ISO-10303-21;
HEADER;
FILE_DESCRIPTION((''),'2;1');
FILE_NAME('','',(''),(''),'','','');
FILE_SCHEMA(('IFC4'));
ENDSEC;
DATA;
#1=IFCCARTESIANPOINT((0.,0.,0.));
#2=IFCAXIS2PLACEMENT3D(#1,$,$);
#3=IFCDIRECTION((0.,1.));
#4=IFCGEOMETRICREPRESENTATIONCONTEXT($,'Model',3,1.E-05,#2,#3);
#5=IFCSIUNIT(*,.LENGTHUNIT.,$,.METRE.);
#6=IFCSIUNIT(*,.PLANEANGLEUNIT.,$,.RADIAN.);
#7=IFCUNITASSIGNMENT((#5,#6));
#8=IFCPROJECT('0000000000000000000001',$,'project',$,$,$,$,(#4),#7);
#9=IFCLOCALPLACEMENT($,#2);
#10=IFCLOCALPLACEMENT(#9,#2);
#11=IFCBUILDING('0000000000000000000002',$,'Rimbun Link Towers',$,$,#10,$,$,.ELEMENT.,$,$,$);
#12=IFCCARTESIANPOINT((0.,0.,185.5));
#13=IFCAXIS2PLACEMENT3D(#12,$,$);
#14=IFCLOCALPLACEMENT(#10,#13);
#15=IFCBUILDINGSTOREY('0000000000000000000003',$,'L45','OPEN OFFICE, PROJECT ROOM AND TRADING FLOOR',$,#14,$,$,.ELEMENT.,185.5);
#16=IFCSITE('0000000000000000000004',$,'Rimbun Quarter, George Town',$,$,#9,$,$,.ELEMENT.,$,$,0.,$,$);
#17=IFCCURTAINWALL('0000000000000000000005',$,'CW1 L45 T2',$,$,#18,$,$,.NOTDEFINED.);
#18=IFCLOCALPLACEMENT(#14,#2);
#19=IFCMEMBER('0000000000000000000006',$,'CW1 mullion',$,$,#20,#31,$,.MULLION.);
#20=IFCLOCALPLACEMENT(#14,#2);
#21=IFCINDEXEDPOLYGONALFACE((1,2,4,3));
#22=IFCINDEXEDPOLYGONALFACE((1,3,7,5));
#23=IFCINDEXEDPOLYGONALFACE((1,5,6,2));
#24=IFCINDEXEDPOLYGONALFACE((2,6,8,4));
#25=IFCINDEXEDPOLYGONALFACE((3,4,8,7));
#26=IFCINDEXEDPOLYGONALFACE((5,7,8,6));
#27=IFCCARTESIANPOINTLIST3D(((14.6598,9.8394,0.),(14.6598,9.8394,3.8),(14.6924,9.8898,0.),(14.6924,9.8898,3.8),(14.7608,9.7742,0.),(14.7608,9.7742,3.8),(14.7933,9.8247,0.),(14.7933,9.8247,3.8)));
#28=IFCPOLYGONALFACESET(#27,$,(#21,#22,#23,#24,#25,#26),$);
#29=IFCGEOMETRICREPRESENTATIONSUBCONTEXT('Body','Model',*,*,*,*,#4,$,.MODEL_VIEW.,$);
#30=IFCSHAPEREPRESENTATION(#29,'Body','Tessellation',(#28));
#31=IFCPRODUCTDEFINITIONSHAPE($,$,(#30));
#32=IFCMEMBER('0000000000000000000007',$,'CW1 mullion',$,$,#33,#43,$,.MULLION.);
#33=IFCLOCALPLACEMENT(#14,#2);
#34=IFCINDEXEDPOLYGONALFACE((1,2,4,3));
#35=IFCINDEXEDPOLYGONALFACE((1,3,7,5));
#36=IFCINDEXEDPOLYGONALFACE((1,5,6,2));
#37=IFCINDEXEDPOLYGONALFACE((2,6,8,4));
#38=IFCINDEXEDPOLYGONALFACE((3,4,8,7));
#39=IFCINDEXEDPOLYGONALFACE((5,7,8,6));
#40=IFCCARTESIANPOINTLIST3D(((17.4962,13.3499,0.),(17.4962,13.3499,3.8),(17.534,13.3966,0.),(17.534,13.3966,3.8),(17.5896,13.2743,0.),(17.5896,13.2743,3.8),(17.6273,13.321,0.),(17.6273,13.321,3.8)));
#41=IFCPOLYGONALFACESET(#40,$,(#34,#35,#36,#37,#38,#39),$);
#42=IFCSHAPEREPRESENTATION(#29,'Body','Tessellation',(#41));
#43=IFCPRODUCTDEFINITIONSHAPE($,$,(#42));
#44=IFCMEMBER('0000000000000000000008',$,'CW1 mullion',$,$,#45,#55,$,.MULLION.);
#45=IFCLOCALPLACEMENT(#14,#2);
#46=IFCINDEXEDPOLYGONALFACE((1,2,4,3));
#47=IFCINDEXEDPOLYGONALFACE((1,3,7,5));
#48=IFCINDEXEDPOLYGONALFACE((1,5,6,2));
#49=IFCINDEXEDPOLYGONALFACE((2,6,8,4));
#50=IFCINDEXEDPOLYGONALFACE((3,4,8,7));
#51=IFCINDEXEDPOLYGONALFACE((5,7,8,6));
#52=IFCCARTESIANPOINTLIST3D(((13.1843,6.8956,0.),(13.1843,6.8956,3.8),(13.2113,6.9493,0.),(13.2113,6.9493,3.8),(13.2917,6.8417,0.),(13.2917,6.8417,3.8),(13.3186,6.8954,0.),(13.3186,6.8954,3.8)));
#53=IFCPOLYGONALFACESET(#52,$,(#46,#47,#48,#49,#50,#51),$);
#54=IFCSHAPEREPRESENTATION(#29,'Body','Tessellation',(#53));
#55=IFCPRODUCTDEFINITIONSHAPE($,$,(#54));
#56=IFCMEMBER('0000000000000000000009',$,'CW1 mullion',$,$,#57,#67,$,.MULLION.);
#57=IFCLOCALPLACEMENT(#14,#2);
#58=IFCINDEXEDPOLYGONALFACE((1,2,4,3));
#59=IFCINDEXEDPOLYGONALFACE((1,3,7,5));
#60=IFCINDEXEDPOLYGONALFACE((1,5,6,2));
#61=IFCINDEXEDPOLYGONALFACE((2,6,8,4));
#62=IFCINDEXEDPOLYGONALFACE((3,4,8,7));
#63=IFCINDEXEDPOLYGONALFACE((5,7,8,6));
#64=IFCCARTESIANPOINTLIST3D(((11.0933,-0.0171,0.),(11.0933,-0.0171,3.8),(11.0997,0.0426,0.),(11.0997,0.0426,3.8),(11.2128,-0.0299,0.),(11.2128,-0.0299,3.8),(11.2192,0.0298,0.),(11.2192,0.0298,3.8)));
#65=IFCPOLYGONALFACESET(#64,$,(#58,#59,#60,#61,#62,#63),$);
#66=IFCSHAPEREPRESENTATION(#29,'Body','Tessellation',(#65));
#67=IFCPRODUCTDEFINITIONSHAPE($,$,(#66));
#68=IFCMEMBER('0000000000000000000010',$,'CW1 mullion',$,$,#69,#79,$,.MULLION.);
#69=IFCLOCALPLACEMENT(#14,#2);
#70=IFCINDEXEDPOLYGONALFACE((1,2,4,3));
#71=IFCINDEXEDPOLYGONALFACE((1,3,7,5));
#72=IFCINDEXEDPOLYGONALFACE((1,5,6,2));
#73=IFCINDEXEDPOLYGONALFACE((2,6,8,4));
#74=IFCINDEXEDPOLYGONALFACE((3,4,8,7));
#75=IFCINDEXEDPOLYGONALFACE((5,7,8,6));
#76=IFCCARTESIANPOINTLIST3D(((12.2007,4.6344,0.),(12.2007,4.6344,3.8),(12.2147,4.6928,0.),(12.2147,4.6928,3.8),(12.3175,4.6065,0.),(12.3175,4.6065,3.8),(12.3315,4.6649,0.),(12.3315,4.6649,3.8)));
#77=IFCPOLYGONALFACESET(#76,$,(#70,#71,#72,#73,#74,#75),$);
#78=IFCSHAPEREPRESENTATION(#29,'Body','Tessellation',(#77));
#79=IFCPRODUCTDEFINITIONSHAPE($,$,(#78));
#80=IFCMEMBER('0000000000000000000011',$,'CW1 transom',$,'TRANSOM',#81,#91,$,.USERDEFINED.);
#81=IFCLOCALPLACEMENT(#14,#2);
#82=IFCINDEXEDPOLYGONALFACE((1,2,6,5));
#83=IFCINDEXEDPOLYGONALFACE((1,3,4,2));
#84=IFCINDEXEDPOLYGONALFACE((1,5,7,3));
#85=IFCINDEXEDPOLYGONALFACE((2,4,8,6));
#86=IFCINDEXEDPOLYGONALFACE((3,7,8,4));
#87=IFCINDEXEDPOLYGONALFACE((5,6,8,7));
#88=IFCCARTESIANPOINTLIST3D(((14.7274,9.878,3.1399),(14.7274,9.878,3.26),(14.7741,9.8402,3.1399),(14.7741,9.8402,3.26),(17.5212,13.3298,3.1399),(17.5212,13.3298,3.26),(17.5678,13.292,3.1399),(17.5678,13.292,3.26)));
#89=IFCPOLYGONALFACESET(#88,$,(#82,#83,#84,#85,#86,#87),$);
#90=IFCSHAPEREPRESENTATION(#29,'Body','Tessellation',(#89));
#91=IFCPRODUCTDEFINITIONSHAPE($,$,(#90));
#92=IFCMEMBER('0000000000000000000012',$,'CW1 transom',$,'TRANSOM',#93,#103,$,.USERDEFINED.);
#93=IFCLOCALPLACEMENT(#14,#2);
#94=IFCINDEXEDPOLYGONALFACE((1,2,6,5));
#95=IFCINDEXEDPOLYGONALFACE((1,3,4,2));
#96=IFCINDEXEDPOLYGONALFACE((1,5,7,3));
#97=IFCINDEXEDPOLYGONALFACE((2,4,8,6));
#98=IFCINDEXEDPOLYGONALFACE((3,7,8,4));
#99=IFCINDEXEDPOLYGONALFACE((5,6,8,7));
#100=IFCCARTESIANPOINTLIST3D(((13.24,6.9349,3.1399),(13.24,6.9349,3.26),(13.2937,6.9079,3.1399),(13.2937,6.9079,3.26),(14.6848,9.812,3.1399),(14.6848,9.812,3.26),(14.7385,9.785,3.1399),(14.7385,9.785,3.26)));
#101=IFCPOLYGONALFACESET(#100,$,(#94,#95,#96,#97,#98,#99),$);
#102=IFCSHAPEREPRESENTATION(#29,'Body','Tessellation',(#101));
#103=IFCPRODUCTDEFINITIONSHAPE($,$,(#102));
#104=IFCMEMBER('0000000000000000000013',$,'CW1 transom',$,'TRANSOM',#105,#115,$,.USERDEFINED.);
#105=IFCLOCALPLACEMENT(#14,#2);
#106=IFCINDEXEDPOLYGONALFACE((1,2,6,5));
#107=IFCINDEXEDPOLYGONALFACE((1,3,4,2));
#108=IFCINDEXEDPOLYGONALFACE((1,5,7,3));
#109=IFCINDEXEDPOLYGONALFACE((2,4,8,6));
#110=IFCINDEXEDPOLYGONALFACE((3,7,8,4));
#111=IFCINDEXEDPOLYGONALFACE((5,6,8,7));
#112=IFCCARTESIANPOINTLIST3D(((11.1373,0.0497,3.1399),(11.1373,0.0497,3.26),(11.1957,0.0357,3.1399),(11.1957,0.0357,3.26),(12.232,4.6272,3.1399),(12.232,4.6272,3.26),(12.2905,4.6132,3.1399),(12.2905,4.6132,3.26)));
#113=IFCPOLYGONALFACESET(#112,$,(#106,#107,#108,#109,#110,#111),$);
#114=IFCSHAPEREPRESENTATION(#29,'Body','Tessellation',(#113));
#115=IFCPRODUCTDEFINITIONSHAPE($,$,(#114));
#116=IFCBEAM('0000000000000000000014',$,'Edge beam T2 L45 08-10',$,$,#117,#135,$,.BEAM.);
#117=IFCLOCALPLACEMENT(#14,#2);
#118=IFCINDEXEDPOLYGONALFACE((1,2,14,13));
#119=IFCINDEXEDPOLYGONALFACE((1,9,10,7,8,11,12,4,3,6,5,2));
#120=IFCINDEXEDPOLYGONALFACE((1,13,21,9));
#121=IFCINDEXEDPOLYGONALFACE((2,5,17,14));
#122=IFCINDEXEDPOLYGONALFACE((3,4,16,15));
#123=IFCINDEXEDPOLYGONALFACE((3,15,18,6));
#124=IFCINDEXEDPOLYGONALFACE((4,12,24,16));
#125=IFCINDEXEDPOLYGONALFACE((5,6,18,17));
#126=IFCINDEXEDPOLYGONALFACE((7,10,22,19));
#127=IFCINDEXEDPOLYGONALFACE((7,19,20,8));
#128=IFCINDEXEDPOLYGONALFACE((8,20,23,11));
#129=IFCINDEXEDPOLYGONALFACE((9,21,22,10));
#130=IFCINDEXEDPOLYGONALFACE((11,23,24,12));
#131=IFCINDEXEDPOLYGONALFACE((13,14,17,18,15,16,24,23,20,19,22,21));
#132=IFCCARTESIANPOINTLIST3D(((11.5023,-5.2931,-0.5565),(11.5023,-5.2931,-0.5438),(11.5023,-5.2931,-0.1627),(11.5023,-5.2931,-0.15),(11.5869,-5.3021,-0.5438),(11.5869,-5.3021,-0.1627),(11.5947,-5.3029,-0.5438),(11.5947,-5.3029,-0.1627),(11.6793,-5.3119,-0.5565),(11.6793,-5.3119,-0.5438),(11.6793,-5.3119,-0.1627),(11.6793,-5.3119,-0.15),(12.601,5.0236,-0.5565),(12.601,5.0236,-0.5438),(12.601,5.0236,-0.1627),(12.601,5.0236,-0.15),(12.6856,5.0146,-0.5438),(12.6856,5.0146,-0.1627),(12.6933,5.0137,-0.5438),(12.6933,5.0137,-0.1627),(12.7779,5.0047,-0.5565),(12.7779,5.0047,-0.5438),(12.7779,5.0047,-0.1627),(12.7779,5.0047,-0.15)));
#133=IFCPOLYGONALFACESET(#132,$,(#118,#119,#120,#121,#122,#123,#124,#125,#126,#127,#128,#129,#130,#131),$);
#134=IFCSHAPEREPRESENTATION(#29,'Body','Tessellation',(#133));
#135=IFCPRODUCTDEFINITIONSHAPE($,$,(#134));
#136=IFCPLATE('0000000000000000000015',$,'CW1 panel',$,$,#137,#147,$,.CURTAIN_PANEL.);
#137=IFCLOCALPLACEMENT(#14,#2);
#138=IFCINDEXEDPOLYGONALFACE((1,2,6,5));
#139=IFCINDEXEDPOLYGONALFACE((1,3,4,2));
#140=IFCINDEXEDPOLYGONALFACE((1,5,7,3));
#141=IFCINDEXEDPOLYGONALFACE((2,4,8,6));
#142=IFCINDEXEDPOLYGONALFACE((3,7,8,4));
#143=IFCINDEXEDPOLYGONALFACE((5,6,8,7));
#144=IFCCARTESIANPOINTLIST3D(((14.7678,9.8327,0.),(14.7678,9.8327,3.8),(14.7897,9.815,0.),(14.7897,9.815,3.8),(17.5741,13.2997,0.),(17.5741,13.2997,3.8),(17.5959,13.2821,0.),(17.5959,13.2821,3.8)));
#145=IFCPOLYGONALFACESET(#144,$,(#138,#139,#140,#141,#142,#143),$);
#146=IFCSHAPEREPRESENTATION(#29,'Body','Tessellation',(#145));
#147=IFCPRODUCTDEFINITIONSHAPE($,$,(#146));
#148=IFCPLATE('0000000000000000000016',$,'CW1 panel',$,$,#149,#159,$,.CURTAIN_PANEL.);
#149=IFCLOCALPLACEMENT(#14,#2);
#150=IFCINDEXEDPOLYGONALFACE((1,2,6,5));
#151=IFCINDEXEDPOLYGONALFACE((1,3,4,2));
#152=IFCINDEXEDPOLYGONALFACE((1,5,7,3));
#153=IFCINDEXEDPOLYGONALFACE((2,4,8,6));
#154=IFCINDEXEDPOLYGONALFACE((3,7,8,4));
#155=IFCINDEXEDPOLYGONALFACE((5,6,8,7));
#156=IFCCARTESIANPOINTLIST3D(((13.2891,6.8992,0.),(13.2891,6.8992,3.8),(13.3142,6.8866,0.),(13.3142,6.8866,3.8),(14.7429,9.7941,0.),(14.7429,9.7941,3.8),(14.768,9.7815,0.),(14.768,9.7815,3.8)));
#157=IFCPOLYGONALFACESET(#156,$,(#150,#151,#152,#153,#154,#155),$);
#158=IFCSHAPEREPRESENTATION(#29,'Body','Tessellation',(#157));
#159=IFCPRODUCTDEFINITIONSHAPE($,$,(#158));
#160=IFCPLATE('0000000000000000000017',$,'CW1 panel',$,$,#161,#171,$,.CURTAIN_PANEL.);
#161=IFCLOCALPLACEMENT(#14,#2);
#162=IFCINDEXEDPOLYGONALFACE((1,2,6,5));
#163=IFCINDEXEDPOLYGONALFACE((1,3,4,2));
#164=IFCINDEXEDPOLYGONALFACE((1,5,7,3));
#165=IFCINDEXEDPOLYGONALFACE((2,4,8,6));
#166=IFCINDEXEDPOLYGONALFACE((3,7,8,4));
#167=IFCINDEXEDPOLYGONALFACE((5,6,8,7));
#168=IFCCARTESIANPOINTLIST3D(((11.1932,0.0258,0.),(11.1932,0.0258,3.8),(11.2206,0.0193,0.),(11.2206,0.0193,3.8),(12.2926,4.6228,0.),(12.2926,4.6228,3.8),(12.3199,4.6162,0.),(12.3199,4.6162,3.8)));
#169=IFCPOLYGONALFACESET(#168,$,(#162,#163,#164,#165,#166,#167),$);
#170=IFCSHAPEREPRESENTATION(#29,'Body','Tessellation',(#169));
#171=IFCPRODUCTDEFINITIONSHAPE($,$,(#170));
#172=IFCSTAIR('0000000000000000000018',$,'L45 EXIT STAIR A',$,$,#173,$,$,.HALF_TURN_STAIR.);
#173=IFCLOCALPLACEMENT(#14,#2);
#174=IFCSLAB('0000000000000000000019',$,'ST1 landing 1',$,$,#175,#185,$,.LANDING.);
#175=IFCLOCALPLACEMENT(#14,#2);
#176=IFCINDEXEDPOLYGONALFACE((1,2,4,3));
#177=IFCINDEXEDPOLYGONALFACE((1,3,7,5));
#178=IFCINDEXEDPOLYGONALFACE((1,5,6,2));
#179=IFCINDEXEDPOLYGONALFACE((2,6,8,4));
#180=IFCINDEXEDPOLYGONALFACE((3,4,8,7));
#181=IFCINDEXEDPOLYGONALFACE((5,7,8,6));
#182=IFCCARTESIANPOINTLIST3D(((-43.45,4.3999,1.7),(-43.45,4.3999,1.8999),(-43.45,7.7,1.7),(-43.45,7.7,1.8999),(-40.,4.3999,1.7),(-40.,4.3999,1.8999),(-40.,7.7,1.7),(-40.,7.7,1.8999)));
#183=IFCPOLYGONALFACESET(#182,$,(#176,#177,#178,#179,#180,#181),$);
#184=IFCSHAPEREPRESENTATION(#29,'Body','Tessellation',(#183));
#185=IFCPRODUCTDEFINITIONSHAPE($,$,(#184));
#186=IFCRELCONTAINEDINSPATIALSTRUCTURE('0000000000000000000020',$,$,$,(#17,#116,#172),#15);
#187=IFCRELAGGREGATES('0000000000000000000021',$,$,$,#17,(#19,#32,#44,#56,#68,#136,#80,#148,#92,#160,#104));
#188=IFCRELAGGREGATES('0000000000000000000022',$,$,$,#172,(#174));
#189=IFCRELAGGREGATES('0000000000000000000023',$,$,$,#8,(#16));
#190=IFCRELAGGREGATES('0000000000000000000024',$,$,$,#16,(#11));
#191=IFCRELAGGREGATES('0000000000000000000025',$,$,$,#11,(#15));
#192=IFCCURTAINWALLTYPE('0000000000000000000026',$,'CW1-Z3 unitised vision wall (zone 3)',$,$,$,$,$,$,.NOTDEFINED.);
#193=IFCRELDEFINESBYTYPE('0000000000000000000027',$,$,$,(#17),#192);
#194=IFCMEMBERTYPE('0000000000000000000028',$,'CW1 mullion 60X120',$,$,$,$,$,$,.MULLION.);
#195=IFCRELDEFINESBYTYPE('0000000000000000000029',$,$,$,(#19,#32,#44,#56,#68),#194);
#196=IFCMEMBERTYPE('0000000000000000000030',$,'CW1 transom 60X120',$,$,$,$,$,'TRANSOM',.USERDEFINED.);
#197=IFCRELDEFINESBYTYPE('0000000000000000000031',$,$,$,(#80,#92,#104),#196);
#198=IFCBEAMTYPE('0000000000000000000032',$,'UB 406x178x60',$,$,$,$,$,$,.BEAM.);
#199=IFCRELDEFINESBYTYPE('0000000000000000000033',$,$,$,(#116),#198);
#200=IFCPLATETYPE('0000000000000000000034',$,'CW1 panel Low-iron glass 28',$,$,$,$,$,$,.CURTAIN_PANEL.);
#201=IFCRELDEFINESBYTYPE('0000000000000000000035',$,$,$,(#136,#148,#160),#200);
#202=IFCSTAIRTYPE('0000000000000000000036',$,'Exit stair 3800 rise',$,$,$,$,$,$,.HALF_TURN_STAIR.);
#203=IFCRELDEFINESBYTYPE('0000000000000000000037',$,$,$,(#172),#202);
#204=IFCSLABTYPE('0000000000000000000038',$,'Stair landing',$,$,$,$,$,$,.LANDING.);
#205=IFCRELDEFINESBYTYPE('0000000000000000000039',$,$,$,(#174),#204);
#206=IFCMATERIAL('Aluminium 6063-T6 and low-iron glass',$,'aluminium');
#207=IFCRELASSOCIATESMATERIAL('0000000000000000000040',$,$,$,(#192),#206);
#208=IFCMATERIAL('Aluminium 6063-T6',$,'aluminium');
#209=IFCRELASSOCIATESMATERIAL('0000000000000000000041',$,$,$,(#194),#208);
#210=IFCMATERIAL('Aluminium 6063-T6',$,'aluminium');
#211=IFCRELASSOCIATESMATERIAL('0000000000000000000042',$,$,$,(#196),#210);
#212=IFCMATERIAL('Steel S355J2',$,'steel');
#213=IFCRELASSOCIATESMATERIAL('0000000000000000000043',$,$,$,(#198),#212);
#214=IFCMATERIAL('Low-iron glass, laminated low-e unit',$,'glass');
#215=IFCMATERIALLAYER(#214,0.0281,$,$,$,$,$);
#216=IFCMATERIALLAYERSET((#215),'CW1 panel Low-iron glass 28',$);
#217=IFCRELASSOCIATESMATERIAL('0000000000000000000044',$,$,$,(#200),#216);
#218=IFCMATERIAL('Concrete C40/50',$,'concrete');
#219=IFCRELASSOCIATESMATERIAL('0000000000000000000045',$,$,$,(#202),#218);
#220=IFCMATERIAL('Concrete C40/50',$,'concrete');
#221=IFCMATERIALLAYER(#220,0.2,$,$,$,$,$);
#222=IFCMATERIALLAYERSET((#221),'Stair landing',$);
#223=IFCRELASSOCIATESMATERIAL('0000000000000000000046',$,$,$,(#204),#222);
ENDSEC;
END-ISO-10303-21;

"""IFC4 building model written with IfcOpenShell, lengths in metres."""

from ifc_helpers import new_model, si_unit, direction, frame, origin, origin_2d, place, context, subcontext, project, spatial, polyline, rectangle, i_section, outline, extrude, material, layer, layer_set, material_profile, profile_set, type_object, element, aggregate, save


model = new_model("IFC4")

# Units and contexts
model_context = context("Model", 3, precision=1e-05, world=origin(), true_north=direction((0.0, 1.0)))
body_context = subcontext(model_context, "Body", "Model", "MODEL_VIEW")
ifc_project = project(units=[si_unit("LENGTHUNIT", "METRE"), si_unit("PLANEANGLEUNIT", "RADIAN")], contexts=[model_context])

# Site, building, storey
site_placement = place(None, origin())
site = spatial("IfcSite", under=ifc_project, at=site_placement, Name="Rimbun Quarter, George Town", CompositionType="ELEMENT", RefElevation=0.0)
building_placement = place(site_placement, origin())
building = spatial("IfcBuilding", under=site, at=building_placement, Name="Rimbun Link Towers", CompositionType="ELEMENT")
storey_placement = place(building_placement, frame((0.0, 0.0, 185.5)))
storey = spatial("IfcBuildingStorey", under=building, at=storey_placement, Name="L45", Description="OPEN OFFICE, PROJECT ROOM AND TRADING FLOOR", CompositionType="ELEMENT", Elevation=185.5)

# Curtain wall, members
ifc_material_1 = material(Name="Aluminium 6063-T6 and low-iron glass", Category="aluminium")
curtain_wall_type = type_object("IfcCurtainWallType", Name="CW1-Z3 unitised vision wall (zone 3)", PredefinedType="NOTDEFINED", material=ifc_material_1)
curtain_wall_placement = place(storey_placement, origin())
curtain_wall = element("IfcCurtainWall", 1, at=curtain_wall_placement, inside=storey, type_object=curtain_wall_type, Name="CW1 L45 T2", PredefinedType="NOTDEFINED")
ifc_material_2 = material(Name="Aluminium 6063-T6", Category="aluminium")
ifc_material_profile_1 = material_profile(ifc_material_2, rectangle(XDim=0.1201, YDim=0.0601, at=origin_2d()), Name="MULLION 60X120")
ifc_profile_set_1 = profile_set([ifc_material_profile_1], Name="Aluminium 6063-T6")
member_type_1 = type_object("IfcMemberType", Name="CW1 mullion 60X120", PredefinedType="MULLION", material=ifc_profile_set_1)
member_1_placement = place(storey_placement, frame((14.7266, 9.832, 0.0), z_axis=(0.0, 0.0, 1.0), x_axis=(-0.840318, 0.542094, 0.0)))
member_1 = element("IfcMember", 2, at=member_1_placement, type_object=member_type_1, Name="CW1 mullion", PredefinedType="MULLION", context=body_context, shape_type="SweptSolid", body=[
    extrude(rectangle(XDim=0.1201, YDim=0.0601, at=origin_2d()), origin(), (0.0, 0.0, 1.0), 3.8),
])
member_2_placement = place(storey_placement, frame((17.5618, 13.3354, 0.0), z_axis=(0.0, 0.0, 1.0), x_axis=(-0.777287, 0.629146, 0.0)))
member_2 = element("IfcMember", 3, at=member_2_placement, type_object=member_type_1, Name="CW1 mullion", PredefinedType="MULLION", context=body_context, shape_type="SweptSolid", body=[
    extrude(rectangle(XDim=0.1201, YDim=0.0601, at=origin_2d()), origin(), (0.0, 0.0, 1.0), 3.8),
])
member_3_placement = place(storey_placement, frame((13.2515, 6.8955, 0.0), z_axis=(0.0, 0.0, 1.0), x_axis=(-0.893642, 0.448781, 0.0)))
member_3 = element("IfcMember", 4, at=member_3_placement, type_object=member_type_1, Name="CW1 mullion", PredefinedType="MULLION", context=body_context, shape_type="SweptSolid", body=[
    extrude(rectangle(XDim=0.1201, YDim=0.0601, at=origin_2d()), origin(), (0.0, 0.0, 1.0), 3.8),
])
member_4_placement = place(storey_placement, frame((11.1562, 0.0063, 0.0), z_axis=(0.0, 0.0, 1.0), x_axis=(-0.994298, 0.106634, 0.0)))
member_4 = element("IfcMember", 5, at=member_4_placement, type_object=member_type_1, Name="CW1 mullion", PredefinedType="MULLION", context=body_context, shape_type="SweptSolid", body=[
    extrude(rectangle(XDim=0.1201, YDim=0.0601, at=origin_2d()), origin(), (0.0, 0.0, 1.0), 3.8),
])
member_5_placement = place(storey_placement, frame((12.2661, 4.6497, 0.0), z_axis=(0.0, 0.0, 1.0), x_axis=(-0.972573, 0.232596, 0.0)))
member_5 = element("IfcMember", 6, at=member_5_placement, type_object=member_type_1, Name="CW1 mullion", PredefinedType="MULLION", context=body_context, shape_type="SweptSolid", body=[
    extrude(rectangle(XDim=0.1201, YDim=0.0601, at=origin_2d()), origin(), (0.0, 0.0, 1.0), 3.8),
])
ifc_material_3 = material(Name="Aluminium 6063-T6", Category="aluminium")
ifc_material_profile_2 = material_profile(ifc_material_3, rectangle(XDim=0.0601, YDim=0.1201, at=origin_2d()), Name="TRANSOM 60X120")
ifc_profile_set_2 = profile_set([ifc_material_profile_2], Name="Aluminium 6063-T6")
member_type_2 = type_object("IfcMemberType", Name="CW1 transom 60X120", ElementType="TRANSOM", PredefinedType="USERDEFINED", material=ifc_profile_set_2)
member_6_placement = place(storey_placement, frame((14.7507, 9.8591, 3.2), z_axis=(0.62913, 0.7773, 0.0), x_axis=(-0.7773, 0.62913, 0.0)))
member_6 = element("IfcMember", 7, at=member_6_placement, type_object=member_type_2, Name="CW1 transom", ObjectType="TRANSOM", PredefinedType="USERDEFINED", context=body_context, shape_type="SweptSolid", body=[
    extrude(rectangle(XDim=0.0601, YDim=0.1201, at=origin_2d()), origin(), (0.0, 0.0, 1.0), 4.4407),
])
member_7_placement = place(storey_placement, frame((13.2668, 6.9214, 3.2), z_axis=(0.44876, 0.893652, 0.0), x_axis=(-0.893652, 0.44876, 0.0)))
member_7 = element("IfcMember", 8, at=member_7_placement, type_object=member_type_2, Name="CW1 transom", ObjectType="TRANSOM", PredefinedType="USERDEFINED", context=body_context, shape_type="SweptSolid", body=[
    extrude(rectangle(XDim=0.0601, YDim=0.1201, at=origin_2d()), origin(), (0.0, 0.0, 1.0), 3.2195),
])
member_8_placement = place(storey_placement, frame((11.1665, 0.0427, 3.2), z_axis=(0.2326, 0.972573, 0.0), x_axis=(-0.972573, 0.2326, 0.0)))
member_8 = element("IfcMember", 9, at=member_8_placement, type_object=member_type_2, Name="CW1 transom", ObjectType="TRANSOM", PredefinedType="USERDEFINED", context=body_context, shape_type="SweptSolid", body=[
    extrude(rectangle(XDim=0.0601, YDim=0.1201, at=origin_2d()), origin(), (0.0, 0.0, 1.0), 4.7065),
])

# Beam
ifc_material_4 = material(Name="Steel S355J2", Category="steel")
ifc_material_profile_3 = material_profile(ifc_material_4, i_section(OverallWidth=0.178, OverallDepth=0.4065, WebThickness=0.0078, FlangeThickness=0.0127, at=origin_2d()), Name="UB 406x178x60")
ifc_profile_set_3 = profile_set([ifc_material_profile_3], Name="Steel S355J2")
beam_type = type_object("IfcBeamType", Name="UB 406x178x60", PredefinedType="BEAM", material=ifc_profile_set_3)
beam_placement = place(storey_placement, frame((12.6895, 5.0142, -0.3533), z_axis=(-0.105892, -0.994378, 0.0), x_axis=(0.994378, -0.105892, 0.0)))
element("IfcBeam", 10, at=beam_placement, inside=storey, type_object=beam_type, Name="Edge beam T2 L45 08-10", PredefinedType="BEAM", context=body_context, shape_type="SweptSolid", body=[
    extrude(i_section(OverallWidth=0.178, OverallDepth=0.4065, WebThickness=0.0078, FlangeThickness=0.0127, at=origin_2d()), origin(), (0.0, 0.0, 1.0), 10.375),
])

# Plates
ifc_material_5 = material(Name="Low-iron glass, laminated low-e unit", Category="glass")
ifc_layer_1 = layer(ifc_material_5, 0.0281)
ifc_layer_set_1 = layer_set([ifc_layer_1], Name="CW1 panel Low-iron glass 28")
plate_type = type_object("IfcPlateType", Name="CW1 panel Low-iron glass 28", PredefinedType="CURTAIN_PANEL", material=ifc_layer_set_1)
plate_1_placement = place(storey_placement, frame((16.1819, 11.5574, 0.0), z_axis=(0.0, 0.0, 1.0), x_axis=(0.629146, 0.777287, 0.0)))
plate_1 = element("IfcPlate", 11, at=plate_1_placement, type_object=plate_type, Name="CW1 panel", PredefinedType="CURTAIN_PANEL", context=body_context, shape_type="SweptSolid", body=[
    extrude(rectangle(XDim=4.4604, YDim=0.0281, at=origin_2d()), origin(), (0.0, 0.0, 1.0), 3.8),
])
plate_2_placement = place(storey_placement, frame((14.0286, 8.3403, 0.0), z_axis=(0.0, 0.0, 1.0), x_axis=(0.448781, 0.893642, 0.0)))
plate_2 = element("IfcPlate", 12, at=plate_2_placement, type_object=plate_type, Name="CW1 panel", PredefinedType="CURTAIN_PANEL", context=body_context, shape_type="SweptSolid", body=[
    extrude(rectangle(XDim=3.2395, YDim=0.0281, at=origin_2d()), origin(), (0.0, 0.0, 1.0), 3.8),
])
plate_3_placement = place(storey_placement, frame((11.7566, 2.321, 0.0), z_axis=(0.0, 0.0, 1.0), x_axis=(0.232596, 0.972573, 0.0)))
plate_3 = element("IfcPlate", 13, at=plate_3_placement, type_object=plate_type, Name="CW1 panel", PredefinedType="CURTAIN_PANEL", context=body_context, shape_type="SweptSolid", body=[
    extrude(rectangle(XDim=4.7266, YDim=0.0281, at=origin_2d()), origin(), (0.0, 0.0, 1.0), 3.8),
])
aggregate(curtain_wall, [member_1, member_2, member_3, member_4, member_5, plate_1, member_6, plate_2, member_7, plate_3, member_8])

# Stair, slab
ifc_material_6 = material(Name="Concrete C40/50", Category="concrete")
stair_type = type_object("IfcStairType", Name="Exit stair 3800 rise", PredefinedType="HALF_TURN_STAIR", material=ifc_material_6)
stair_1_placement = place(storey_placement, origin())
stair_1 = element("IfcStair", 14, at=stair_1_placement, inside=storey, type_object=stair_type, Name="L45 EXIT STAIR A", PredefinedType="HALF_TURN_STAIR")
ifc_material_7 = material(Name="Concrete C40/50", Category="concrete")
ifc_layer_2 = layer(ifc_material_7, 0.2)
ifc_layer_set_2 = layer_set([ifc_layer_2], Name="Stair landing")
slab_type = type_object("IfcSlabType", Name="Stair landing", PredefinedType="LANDING", material=ifc_layer_set_2)
slab_1_placement = place(storey_placement, frame((0.0, 0.0, 1.7)))
slab_1 = element("IfcSlab", 15, at=slab_1_placement, type_object=slab_type, Name="ST1 landing 1", PredefinedType="LANDING", context=body_context, shape_type="SweptSolid", body=[
    extrude(outline(polyline([(-40.0, 7.7), (-43.45, 7.7), (-43.45, 4.3999), (-40.0, 4.3999), (-40.0, 7.7)])), origin(), (0.0, 0.0, 1.0), 0.2),
])
aggregate(stair_1, [slab_1])

save(model, "model.ifc")
